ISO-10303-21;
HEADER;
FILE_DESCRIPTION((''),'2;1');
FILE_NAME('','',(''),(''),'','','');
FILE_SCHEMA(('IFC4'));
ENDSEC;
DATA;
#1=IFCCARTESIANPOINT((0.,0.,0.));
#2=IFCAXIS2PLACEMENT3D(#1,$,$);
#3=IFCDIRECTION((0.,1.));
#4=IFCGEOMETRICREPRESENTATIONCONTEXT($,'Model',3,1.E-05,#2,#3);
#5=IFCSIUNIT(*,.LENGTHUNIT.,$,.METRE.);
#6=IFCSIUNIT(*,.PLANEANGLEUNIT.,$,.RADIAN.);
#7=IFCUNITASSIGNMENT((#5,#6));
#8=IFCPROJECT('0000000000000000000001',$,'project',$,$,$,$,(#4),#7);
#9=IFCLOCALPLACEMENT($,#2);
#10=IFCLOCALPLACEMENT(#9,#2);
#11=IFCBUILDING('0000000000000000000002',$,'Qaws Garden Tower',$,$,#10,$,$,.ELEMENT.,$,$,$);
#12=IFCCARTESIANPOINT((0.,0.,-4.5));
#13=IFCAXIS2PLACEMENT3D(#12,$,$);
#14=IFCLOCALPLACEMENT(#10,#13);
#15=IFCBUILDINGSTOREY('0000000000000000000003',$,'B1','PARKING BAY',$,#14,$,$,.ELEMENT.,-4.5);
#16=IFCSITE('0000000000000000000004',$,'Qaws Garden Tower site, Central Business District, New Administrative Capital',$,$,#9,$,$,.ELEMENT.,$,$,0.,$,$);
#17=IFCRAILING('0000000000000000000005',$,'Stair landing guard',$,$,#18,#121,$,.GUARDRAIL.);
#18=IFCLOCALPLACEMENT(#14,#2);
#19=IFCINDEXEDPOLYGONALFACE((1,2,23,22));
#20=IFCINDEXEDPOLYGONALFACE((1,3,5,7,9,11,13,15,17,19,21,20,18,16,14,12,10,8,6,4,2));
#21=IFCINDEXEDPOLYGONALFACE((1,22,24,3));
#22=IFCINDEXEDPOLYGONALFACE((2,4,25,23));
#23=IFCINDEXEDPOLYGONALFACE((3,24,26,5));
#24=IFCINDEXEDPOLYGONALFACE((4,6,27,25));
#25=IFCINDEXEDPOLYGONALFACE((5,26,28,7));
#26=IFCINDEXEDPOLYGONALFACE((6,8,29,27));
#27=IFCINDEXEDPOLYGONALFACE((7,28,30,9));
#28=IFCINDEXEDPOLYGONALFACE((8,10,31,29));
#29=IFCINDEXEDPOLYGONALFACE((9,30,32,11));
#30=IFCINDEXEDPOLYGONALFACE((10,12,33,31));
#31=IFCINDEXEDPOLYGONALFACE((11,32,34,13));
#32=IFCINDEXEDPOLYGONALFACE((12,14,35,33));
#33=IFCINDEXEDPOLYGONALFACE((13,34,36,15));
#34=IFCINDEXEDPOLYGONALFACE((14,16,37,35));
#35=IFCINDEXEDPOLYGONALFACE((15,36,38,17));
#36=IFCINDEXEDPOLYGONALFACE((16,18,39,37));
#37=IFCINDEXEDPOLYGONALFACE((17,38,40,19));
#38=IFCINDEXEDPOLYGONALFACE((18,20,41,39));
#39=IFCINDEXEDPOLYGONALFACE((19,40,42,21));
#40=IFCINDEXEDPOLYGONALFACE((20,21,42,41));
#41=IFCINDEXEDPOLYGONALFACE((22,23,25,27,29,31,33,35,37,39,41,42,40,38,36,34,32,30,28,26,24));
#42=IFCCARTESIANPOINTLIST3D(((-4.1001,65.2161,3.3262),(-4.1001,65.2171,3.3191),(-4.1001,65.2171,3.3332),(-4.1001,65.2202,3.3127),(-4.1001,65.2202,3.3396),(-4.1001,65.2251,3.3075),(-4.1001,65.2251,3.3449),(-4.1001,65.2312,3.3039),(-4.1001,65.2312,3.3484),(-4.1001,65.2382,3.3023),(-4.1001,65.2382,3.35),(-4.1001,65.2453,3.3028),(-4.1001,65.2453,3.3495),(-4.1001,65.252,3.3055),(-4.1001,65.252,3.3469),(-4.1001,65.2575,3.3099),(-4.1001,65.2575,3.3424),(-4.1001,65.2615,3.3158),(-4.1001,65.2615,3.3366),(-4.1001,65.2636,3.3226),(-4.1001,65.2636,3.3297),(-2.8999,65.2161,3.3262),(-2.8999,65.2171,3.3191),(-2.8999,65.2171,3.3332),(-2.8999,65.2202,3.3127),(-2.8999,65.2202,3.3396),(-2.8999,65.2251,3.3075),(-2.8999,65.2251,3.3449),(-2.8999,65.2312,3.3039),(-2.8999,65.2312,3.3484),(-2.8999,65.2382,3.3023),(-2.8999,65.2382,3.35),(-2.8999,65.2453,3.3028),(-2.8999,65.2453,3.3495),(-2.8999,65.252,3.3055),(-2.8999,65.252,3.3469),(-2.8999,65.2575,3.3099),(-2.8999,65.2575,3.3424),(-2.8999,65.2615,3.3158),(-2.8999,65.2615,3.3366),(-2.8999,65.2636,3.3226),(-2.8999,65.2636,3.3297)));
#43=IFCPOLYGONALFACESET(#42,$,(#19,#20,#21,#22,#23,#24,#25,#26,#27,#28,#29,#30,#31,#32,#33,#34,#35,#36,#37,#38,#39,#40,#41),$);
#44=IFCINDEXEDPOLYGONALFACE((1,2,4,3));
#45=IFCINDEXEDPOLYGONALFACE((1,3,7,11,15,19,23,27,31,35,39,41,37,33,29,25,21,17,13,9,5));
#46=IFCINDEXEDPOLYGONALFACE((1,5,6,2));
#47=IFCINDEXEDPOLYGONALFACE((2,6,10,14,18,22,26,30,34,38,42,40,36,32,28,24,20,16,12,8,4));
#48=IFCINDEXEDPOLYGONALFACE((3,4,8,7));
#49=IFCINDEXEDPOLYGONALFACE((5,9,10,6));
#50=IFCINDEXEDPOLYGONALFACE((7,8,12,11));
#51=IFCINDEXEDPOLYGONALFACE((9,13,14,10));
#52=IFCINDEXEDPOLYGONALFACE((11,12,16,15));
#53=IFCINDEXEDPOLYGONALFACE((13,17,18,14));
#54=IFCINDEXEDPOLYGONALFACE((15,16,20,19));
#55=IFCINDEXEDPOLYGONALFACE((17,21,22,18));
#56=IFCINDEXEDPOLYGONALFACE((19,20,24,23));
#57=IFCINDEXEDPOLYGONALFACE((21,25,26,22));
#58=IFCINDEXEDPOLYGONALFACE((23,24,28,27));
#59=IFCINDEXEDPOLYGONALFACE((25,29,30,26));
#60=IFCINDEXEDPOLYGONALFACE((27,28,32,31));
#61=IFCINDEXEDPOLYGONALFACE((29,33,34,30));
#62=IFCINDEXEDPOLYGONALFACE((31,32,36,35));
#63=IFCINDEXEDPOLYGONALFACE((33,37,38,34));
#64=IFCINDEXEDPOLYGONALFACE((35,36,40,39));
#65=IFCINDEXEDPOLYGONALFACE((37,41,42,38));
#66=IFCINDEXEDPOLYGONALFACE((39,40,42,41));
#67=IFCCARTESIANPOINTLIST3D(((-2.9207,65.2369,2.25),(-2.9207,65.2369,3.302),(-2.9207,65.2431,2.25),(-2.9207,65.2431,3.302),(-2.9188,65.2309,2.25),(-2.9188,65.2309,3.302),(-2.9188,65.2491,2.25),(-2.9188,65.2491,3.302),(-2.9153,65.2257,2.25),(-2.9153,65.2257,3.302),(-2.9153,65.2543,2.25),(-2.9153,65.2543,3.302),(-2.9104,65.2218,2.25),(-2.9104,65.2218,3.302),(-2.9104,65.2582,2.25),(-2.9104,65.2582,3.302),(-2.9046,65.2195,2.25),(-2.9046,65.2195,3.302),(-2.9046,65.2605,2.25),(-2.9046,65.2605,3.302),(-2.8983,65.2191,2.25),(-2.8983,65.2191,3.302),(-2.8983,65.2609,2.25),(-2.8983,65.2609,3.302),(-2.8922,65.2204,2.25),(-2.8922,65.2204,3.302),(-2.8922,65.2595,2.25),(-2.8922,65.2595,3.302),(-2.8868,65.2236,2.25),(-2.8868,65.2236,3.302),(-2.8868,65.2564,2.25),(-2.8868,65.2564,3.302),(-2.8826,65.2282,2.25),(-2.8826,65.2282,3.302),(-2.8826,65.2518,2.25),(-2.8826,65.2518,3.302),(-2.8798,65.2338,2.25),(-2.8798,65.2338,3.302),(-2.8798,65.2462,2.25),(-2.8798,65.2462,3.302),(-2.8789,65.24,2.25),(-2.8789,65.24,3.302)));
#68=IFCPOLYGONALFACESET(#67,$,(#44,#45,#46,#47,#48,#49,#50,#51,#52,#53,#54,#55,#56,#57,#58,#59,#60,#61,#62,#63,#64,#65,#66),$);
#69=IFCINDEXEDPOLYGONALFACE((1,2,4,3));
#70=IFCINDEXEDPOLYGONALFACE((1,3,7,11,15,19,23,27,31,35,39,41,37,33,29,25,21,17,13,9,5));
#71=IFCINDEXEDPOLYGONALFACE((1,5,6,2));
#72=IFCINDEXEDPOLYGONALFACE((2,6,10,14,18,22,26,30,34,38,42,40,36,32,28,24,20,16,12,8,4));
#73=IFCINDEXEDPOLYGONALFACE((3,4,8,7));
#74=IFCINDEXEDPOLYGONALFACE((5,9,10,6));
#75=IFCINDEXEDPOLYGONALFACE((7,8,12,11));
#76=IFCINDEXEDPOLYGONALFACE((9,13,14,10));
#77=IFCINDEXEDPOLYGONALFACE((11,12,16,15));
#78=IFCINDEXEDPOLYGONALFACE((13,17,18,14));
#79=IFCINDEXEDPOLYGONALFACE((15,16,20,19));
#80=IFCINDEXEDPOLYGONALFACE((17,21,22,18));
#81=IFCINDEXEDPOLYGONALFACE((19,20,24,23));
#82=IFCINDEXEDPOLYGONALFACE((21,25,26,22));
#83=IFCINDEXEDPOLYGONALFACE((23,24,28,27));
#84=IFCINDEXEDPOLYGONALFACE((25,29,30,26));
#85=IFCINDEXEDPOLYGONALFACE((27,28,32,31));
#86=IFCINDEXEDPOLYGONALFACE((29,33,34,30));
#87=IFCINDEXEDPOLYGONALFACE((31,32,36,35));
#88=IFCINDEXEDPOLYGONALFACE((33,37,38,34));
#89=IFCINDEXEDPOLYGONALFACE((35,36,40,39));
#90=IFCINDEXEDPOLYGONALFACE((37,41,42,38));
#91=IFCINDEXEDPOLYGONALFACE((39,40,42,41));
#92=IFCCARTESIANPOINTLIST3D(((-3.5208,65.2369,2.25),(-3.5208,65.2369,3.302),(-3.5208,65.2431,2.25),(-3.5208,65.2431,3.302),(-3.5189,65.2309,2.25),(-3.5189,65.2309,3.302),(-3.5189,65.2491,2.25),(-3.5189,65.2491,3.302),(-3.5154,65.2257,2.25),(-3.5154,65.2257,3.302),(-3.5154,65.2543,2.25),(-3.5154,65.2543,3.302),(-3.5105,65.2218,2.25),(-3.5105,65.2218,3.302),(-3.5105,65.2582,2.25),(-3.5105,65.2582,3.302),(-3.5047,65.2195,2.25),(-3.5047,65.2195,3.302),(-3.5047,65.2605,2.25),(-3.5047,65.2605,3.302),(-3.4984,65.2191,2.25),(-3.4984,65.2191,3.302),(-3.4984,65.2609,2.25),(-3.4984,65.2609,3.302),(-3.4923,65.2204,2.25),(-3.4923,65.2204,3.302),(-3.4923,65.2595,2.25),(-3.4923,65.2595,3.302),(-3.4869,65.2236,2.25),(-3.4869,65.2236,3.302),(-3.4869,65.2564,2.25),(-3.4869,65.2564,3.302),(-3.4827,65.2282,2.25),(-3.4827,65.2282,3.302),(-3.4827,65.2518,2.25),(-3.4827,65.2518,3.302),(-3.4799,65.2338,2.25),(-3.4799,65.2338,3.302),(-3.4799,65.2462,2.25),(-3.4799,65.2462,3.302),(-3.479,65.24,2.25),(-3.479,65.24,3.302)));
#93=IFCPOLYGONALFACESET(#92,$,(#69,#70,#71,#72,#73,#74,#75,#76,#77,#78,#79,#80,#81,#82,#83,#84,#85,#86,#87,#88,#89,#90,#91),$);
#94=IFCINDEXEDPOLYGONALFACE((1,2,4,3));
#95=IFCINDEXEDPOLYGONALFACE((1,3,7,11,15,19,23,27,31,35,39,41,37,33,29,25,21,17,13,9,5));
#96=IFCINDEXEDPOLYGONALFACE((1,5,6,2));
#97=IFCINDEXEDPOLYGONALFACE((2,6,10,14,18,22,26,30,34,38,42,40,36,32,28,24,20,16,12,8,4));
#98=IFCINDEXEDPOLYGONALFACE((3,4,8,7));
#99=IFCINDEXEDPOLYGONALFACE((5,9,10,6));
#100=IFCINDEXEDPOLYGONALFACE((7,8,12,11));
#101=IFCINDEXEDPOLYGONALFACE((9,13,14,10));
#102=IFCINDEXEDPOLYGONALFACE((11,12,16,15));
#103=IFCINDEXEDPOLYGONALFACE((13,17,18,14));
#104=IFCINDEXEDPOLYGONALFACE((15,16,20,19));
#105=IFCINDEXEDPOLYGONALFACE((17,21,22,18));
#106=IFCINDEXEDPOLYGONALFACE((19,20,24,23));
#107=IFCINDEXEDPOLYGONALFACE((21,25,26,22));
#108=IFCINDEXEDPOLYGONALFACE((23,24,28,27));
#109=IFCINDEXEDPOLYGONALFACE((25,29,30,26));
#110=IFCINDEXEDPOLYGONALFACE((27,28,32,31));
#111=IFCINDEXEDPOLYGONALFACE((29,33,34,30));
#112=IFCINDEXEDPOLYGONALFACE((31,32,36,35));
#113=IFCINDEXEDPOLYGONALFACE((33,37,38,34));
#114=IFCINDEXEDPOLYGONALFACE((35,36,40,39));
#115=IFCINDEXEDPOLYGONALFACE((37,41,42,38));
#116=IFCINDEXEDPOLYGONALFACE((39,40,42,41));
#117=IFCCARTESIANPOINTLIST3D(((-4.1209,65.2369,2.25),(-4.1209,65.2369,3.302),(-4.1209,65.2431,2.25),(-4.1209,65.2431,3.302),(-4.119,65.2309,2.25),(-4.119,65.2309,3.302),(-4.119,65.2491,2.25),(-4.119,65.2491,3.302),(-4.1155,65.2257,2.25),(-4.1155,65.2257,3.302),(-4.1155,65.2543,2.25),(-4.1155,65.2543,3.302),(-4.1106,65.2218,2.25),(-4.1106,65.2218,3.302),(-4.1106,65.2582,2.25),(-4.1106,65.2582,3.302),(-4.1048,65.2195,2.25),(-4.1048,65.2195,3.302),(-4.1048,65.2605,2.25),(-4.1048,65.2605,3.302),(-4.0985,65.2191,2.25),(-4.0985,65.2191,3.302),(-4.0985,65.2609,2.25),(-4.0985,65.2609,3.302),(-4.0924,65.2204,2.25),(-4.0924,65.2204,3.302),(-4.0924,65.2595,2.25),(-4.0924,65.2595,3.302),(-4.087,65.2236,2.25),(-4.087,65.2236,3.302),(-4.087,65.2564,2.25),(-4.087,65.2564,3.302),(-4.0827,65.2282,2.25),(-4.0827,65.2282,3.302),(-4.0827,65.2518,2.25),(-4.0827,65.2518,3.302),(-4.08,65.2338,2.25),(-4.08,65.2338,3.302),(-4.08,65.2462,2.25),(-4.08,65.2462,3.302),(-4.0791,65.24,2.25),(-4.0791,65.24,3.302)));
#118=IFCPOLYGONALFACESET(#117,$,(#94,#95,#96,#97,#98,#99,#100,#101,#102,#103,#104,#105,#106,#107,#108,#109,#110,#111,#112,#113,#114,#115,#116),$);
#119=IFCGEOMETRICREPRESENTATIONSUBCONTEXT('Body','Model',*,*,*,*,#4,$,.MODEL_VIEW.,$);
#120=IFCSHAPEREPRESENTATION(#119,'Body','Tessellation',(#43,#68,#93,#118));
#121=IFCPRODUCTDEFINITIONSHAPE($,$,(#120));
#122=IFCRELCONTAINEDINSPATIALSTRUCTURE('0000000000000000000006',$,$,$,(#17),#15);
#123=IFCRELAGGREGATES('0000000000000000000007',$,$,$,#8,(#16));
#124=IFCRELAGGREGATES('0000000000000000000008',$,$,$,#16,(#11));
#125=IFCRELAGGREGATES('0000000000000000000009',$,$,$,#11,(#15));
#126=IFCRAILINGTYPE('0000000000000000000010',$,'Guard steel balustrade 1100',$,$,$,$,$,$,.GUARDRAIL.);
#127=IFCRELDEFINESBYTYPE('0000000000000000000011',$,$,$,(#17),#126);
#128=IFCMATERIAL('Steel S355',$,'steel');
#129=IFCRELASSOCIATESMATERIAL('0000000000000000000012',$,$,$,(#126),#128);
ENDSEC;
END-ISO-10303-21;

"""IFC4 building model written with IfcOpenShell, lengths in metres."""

from ifc_helpers import new_model, si_unit, direction, frame, origin, origin_2d, place, context, subcontext, project, spatial, circle, extrude, material, type_object, element, save


model = new_model("IFC4")

# Units and contexts
model_context = context("Model", 3, precision=1e-05, world=origin(), true_north=direction((0.0, 1.0)))
body_context = subcontext(model_context, "Body", "Model", "MODEL_VIEW")
ifc_project = project(units=[si_unit("LENGTHUNIT", "METRE"), si_unit("PLANEANGLEUNIT", "RADIAN")], contexts=[model_context])

# Site, building, storey
site_placement = place(None, origin())
site = spatial("IfcSite", under=ifc_project, at=site_placement, Name="Qaws Garden Tower site, Central Business District, New Administrative Capital", CompositionType="ELEMENT", RefElevation=0.0)
building_placement = place(site_placement, origin())
building = spatial("IfcBuilding", under=site, at=building_placement, Name="Qaws Garden Tower", CompositionType="ELEMENT")
storey_placement = place(building_placement, frame((0.0, 0.0, -4.5)))
storey = spatial("IfcBuildingStorey", under=building, at=storey_placement, Name="B1", Description="PARKING BAY", CompositionType="ELEMENT", Elevation=-4.5)

# Railing
ifc_material_1 = material(Name="Steel S355", Category="steel")
railing_type_1 = type_object("IfcRailingType", Name="Guard steel balustrade 1100", PredefinedType="GUARDRAIL", material=ifc_material_1)
railing_1_placement = place(storey_placement, frame((-2.8999, 65.24, 2.25)))
element("IfcRailing", 1, at=railing_1_placement, inside=storey, type_object=railing_type_1, Name="Stair landing guard", PredefinedType="GUARDRAIL", context=body_context, shape_type="SweptSolid", body=[
    extrude(circle(Radius=0.0239, at=origin_2d()), frame((0.0, 0.0, 1.0762), z_axis=(-1.0, 0.0, 0.0), x_axis=(0.0, -1.0, 0.0)), (0.0, 0.0, 1.0), 1.2002),
    extrude(circle(Radius=0.021, at=origin_2d()), origin(), (0.0, 0.0, 1.0), 1.052),
    extrude(circle(Radius=0.021, at=origin_2d()), frame((-0.6001, 0.0, 0.0)), (0.0, 0.0, 1.0), 1.052),
    extrude(circle(Radius=0.021, at=origin_2d()), frame((-1.2002, 0.0, 0.0)), (0.0, 0.0, 1.0), 1.052),
])

save(model, "model.ifc")
